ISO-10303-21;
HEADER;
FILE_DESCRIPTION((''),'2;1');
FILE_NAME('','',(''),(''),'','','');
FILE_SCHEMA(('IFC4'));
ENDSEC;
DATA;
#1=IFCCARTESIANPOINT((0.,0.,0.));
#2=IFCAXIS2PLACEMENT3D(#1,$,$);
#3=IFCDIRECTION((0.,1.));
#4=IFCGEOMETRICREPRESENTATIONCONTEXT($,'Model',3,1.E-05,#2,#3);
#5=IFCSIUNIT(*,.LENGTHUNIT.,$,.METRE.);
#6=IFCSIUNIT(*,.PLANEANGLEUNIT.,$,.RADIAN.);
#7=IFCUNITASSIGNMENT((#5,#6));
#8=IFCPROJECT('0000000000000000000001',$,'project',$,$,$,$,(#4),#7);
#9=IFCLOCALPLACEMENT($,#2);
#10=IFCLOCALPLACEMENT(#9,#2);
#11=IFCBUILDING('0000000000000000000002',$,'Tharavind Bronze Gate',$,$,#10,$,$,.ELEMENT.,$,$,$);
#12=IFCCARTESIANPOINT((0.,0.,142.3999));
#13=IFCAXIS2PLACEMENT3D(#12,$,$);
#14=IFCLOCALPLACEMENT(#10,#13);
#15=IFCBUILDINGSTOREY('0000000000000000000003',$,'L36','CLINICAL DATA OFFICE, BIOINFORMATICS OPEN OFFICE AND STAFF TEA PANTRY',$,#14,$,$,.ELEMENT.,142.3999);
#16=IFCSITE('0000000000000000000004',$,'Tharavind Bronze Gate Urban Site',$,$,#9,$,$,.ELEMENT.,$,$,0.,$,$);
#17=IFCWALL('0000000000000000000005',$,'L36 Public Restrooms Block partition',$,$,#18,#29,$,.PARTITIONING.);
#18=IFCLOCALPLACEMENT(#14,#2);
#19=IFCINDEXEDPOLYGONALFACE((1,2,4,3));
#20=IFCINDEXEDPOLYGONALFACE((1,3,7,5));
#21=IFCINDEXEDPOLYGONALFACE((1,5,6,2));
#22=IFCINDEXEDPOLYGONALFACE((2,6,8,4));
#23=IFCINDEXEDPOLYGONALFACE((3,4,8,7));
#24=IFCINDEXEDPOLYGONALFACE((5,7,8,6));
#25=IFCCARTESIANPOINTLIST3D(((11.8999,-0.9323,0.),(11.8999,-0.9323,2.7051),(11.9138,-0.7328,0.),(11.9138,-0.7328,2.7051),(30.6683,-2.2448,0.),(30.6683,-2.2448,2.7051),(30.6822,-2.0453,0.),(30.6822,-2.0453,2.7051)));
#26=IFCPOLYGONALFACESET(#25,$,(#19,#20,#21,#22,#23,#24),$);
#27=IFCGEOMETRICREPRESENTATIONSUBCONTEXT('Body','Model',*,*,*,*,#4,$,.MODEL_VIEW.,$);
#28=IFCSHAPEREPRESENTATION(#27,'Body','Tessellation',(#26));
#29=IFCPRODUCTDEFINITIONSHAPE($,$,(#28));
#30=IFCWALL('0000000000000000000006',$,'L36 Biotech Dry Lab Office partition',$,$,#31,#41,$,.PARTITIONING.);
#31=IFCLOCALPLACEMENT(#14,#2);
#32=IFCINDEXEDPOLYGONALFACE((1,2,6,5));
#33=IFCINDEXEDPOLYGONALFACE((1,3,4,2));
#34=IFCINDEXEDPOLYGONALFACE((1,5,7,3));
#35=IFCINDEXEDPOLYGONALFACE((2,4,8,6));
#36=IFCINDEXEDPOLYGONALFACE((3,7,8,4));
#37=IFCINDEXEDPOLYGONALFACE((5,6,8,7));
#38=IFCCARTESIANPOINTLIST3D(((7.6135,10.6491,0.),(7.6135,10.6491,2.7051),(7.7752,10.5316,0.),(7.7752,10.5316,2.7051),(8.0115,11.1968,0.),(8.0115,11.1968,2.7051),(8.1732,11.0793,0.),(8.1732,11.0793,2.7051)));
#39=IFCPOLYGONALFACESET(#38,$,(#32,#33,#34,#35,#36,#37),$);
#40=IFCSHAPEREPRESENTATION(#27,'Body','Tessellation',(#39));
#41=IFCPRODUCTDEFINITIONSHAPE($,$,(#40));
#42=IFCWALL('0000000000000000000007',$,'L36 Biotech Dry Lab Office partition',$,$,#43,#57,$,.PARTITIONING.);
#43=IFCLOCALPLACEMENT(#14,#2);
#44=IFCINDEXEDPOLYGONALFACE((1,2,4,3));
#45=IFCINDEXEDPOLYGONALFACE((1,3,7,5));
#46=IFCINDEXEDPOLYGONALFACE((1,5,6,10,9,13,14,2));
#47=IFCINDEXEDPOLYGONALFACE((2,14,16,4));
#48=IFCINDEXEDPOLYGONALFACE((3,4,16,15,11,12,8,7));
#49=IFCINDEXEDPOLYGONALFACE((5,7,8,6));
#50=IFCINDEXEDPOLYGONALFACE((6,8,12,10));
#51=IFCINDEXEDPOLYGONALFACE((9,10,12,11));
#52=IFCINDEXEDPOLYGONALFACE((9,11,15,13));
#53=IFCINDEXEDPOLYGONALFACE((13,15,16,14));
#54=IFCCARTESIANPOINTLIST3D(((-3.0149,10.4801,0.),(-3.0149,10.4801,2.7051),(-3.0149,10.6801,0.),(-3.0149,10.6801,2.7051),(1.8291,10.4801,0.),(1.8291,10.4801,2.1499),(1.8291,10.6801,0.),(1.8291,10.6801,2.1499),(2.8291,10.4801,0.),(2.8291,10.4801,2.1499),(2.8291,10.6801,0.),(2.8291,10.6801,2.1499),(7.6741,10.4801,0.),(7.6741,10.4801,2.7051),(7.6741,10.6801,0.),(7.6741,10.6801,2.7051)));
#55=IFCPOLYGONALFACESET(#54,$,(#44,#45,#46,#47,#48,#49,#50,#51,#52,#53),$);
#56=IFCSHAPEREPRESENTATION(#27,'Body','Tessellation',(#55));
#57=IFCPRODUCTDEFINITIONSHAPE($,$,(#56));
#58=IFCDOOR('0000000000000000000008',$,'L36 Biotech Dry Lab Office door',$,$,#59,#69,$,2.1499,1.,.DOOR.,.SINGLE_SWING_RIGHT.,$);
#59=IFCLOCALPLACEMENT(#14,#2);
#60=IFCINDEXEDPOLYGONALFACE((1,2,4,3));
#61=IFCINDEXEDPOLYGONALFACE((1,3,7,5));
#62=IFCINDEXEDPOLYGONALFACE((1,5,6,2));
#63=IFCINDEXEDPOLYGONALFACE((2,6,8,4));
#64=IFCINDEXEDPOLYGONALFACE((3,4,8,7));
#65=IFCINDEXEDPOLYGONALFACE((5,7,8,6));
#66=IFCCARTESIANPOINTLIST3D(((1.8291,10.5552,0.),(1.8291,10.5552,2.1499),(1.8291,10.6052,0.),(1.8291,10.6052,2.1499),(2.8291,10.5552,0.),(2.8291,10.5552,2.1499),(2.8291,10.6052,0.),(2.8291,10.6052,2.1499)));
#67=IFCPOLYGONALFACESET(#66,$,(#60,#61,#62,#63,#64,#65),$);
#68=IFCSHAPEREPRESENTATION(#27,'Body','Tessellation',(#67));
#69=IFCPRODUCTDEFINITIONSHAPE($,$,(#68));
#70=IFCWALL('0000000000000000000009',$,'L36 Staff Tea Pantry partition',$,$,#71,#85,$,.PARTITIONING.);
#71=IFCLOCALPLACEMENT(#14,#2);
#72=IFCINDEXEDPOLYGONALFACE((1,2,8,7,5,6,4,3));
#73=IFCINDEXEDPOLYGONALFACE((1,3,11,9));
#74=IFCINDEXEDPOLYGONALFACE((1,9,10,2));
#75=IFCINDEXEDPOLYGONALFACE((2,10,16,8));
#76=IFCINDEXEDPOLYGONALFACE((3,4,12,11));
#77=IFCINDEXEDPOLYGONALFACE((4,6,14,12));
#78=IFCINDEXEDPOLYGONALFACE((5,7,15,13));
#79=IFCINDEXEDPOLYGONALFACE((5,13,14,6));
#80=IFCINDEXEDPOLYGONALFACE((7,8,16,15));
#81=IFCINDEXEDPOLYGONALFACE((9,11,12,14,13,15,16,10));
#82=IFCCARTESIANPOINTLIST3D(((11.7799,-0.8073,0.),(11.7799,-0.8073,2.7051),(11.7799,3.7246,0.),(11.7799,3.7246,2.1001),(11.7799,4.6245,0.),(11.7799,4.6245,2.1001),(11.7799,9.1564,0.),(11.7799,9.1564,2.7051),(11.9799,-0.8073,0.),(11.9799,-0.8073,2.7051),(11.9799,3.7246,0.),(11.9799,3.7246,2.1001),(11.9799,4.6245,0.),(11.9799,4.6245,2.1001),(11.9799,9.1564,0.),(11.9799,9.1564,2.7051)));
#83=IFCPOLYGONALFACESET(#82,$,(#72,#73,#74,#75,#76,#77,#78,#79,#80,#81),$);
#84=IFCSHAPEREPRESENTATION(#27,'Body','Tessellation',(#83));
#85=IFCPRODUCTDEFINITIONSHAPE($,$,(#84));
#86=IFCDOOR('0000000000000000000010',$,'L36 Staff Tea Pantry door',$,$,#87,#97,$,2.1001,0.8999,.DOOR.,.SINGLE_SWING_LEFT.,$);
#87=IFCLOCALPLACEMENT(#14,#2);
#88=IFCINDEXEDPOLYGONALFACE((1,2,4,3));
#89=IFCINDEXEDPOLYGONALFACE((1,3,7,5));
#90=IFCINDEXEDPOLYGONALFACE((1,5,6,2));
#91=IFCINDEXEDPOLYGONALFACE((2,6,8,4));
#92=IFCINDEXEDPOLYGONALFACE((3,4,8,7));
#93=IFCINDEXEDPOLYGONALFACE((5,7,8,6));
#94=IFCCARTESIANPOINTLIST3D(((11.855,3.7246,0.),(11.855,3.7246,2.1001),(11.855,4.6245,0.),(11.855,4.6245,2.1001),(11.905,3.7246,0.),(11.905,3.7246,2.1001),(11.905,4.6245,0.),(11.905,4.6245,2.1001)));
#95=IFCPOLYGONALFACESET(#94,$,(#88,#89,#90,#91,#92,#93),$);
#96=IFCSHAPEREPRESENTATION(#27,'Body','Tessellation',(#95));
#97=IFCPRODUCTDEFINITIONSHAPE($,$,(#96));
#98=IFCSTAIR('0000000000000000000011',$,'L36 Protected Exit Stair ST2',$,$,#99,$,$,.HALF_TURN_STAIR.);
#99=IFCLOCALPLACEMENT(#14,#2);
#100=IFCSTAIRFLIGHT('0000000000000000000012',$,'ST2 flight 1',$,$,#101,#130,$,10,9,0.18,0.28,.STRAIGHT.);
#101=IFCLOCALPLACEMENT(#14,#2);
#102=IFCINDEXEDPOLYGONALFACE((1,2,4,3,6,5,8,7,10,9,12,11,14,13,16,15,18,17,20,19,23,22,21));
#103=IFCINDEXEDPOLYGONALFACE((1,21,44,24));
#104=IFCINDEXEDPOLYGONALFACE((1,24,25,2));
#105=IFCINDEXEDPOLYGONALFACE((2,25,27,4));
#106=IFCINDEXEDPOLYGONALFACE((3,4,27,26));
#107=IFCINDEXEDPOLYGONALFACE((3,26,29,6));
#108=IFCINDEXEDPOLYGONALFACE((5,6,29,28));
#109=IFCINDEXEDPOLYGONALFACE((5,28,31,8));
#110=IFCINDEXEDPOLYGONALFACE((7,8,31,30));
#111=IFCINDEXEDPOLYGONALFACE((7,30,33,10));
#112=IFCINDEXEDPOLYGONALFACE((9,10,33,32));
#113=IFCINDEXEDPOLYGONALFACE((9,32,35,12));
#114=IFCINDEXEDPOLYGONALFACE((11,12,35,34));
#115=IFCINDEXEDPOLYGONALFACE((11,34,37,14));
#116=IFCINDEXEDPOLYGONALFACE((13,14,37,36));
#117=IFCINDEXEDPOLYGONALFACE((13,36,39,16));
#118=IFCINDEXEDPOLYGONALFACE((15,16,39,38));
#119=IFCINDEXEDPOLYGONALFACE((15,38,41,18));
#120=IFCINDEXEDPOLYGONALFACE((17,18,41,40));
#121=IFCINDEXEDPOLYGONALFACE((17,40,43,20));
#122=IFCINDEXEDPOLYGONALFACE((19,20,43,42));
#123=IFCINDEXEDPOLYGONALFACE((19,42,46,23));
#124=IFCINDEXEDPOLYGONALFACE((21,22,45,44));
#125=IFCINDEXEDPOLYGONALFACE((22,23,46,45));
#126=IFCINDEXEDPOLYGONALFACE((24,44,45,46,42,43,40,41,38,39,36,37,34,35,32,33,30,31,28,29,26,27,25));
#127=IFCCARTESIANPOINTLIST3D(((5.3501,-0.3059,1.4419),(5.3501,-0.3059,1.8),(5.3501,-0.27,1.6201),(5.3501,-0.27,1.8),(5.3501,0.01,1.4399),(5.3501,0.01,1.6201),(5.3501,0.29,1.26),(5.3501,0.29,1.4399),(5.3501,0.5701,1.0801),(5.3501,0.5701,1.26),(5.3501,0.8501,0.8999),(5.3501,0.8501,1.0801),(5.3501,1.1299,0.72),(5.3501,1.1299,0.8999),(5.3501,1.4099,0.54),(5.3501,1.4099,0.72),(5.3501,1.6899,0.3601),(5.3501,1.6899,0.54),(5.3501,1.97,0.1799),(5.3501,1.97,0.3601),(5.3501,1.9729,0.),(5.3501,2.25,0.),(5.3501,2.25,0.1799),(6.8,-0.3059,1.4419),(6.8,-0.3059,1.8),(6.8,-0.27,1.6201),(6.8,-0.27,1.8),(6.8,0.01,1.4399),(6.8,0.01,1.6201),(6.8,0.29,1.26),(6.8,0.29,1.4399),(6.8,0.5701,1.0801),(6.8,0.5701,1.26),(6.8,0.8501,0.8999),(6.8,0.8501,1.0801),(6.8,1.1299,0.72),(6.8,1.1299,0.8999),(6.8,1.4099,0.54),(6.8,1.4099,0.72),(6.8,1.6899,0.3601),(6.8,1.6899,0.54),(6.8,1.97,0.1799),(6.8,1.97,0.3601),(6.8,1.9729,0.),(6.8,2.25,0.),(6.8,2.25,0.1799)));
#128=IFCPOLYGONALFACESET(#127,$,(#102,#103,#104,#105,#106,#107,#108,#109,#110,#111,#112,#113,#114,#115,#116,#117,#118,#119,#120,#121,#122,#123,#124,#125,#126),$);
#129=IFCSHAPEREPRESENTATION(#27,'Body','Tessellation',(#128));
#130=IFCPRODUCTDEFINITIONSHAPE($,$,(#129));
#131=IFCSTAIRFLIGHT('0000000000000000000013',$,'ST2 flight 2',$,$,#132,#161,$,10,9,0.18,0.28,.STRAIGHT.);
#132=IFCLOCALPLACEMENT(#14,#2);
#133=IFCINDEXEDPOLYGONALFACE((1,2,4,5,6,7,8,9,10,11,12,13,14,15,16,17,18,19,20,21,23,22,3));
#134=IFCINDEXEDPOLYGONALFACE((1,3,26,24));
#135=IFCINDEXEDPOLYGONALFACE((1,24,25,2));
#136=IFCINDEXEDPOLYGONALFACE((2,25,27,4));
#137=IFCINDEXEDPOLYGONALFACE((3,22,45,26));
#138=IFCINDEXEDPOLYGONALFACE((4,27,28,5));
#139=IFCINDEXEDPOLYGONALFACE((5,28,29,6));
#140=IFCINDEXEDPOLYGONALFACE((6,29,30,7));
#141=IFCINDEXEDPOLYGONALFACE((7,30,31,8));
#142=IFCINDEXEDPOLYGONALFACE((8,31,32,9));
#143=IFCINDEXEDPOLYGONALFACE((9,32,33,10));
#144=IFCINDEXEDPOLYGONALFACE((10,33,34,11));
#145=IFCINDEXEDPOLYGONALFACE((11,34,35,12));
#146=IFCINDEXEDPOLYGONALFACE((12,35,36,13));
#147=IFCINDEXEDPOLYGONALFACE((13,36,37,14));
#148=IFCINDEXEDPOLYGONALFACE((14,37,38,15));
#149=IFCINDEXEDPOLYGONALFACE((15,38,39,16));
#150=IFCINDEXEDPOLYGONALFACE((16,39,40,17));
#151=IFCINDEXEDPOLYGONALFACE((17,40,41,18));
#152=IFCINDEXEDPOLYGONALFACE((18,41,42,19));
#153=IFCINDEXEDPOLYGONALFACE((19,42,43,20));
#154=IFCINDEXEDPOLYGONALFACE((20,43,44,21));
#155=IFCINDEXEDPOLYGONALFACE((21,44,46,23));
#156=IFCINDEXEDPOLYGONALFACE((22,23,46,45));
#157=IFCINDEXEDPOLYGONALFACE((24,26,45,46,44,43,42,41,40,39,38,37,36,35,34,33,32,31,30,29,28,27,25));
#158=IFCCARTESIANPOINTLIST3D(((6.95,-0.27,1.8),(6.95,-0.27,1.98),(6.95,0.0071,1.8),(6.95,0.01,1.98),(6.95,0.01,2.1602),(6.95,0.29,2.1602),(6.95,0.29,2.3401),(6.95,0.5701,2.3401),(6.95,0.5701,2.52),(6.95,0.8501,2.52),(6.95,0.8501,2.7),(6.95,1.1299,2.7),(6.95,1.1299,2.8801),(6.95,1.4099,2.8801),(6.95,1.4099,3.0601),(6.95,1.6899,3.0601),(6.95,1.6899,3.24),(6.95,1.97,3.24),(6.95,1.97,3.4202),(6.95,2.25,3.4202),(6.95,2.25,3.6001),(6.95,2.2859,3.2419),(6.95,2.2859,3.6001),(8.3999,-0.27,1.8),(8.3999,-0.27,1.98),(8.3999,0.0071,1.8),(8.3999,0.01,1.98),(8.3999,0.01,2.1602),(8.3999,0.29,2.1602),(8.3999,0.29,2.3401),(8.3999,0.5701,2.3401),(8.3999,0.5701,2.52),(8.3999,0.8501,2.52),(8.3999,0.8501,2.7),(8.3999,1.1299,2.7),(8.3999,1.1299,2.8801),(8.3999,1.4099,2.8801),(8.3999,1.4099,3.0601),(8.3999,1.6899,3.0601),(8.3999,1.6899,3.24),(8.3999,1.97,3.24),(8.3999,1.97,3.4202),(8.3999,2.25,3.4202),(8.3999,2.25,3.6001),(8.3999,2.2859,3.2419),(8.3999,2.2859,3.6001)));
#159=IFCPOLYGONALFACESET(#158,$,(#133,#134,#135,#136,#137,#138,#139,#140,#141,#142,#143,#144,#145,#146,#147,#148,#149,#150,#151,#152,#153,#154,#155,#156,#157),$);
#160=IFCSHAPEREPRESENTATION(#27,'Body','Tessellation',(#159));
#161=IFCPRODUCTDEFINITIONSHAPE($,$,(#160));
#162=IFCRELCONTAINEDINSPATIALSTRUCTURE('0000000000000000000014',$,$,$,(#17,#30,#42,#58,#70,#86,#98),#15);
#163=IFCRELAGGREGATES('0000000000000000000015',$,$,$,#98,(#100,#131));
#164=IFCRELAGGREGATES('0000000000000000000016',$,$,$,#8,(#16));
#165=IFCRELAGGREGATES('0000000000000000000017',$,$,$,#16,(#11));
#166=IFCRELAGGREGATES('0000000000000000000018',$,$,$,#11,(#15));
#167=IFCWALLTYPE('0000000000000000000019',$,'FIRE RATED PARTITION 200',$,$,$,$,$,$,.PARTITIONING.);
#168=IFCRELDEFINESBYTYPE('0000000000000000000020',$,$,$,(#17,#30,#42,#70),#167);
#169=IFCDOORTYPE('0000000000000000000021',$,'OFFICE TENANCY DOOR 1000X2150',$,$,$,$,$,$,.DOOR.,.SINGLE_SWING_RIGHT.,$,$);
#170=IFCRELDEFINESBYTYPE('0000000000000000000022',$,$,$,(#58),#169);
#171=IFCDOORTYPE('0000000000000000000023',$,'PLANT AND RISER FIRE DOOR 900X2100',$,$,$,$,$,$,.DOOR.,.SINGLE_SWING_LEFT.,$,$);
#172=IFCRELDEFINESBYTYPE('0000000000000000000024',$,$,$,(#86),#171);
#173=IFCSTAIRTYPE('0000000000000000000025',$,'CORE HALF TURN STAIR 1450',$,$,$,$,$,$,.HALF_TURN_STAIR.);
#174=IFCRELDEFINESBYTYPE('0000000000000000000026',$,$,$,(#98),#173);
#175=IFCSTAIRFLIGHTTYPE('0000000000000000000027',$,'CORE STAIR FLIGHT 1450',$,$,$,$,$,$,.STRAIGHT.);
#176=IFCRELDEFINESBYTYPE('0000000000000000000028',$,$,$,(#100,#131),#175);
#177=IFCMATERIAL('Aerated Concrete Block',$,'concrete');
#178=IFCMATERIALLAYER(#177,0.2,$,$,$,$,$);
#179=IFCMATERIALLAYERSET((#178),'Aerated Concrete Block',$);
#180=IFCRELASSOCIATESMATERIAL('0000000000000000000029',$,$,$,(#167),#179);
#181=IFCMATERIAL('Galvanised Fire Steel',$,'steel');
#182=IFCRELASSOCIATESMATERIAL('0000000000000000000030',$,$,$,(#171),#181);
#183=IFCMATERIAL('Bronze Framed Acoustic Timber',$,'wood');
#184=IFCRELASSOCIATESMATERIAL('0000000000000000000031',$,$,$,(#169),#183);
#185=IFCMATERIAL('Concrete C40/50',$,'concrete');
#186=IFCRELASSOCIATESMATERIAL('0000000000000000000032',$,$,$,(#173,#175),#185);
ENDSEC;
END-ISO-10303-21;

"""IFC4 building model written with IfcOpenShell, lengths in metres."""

from ifc_helpers import new_model, si_unit, direction, frame, frame_2d, origin, place, context, subcontext, project, spatial, polyline, rectangle, outline, extrude, material, layer, layer_set, type_object, element, fill, aggregate, save


model = new_model("IFC4")

# Units and contexts
model_context = context("Model", 3, precision=1e-05, world=origin(), true_north=direction((0.0, 1.0)))
body_context = subcontext(model_context, "Body", "Model", "MODEL_VIEW")
ifc_project = project(units=[si_unit("LENGTHUNIT", "METRE"), si_unit("PLANEANGLEUNIT", "RADIAN")], contexts=[model_context])

# Site, building, storey
site_placement = place(None, origin())
site = spatial("IfcSite", under=ifc_project, at=site_placement, Name="Tharavind Bronze Gate Urban Site", CompositionType="ELEMENT", RefElevation=0.0)
building_placement = place(site_placement, origin())
building = spatial("IfcBuilding", under=site, at=building_placement, Name="Tharavind Bronze Gate", CompositionType="ELEMENT")
storey_placement = place(building_placement, frame((0.0, 0.0, 142.3999)))
storey = spatial("IfcBuildingStorey", under=building, at=storey_placement, Name="L36", Description="CLINICAL DATA OFFICE, BIOINFORMATICS OPEN OFFICE AND STAFF TEA PANTRY", CompositionType="ELEMENT", Elevation=142.3999)

# Shared definitions
ifc_material_1 = material(Name="Aerated Concrete Block", Category="concrete")
ifc_layer_1 = layer(ifc_material_1, 0.2)
ifc_layer_set_1 = layer_set([ifc_layer_1], Name="Aerated Concrete Block")
wall_type = type_object("IfcWallType", Name="FIRE RATED PARTITION 200", PredefinedType="PARTITIONING", material=ifc_layer_set_1)
ifc_material_2 = material(Name="Galvanised Fire Steel", Category="steel")
door_type_1 = type_object("IfcDoorType", Name="PLANT AND RISER FIRE DOOR 900X2100", OperationType="SINGLE_SWING_LEFT", PredefinedType="DOOR", material=ifc_material_2)

# Walls
wall_1_placement = place(storey_placement, frame((11.9067, -0.8325, 0.0), z_axis=(0.0, 0.0, 1.0), x_axis=(0.997564, -0.069761, 0.0)))
element("IfcWall", 1, at=wall_1_placement, inside=storey, type_object=wall_type, Name="L36 Public Restrooms Block partition", PredefinedType="PARTITIONING", context=body_context, shape_type="SweptSolid", body=[
    extrude(rectangle(XDim=18.8142, YDim=0.2, at=frame_2d((9.4072, 0.0))), origin(), (0.0, 0.0, 1.0), 2.7051),
])
wall_2_placement = place(storey_placement, frame((8.0923, 11.1379, 0.0), z_axis=(0.0, 0.0, 1.0), x_axis=(-0.587871, -0.808954, 0.0)))
element("IfcWall", 2, at=wall_2_placement, inside=storey, type_object=wall_type, Name="L36 Biotech Dry Lab Office partition", PredefinedType="PARTITIONING", context=body_context, shape_type="SweptSolid", body=[
    extrude(rectangle(XDim=0.677, YDim=0.2, at=frame_2d((0.3384, 0.0))), origin(), (0.0, 0.0, 1.0), 2.7051),
])

# Walls, openings, doors
wall_3_placement = place(storey_placement, frame((7.6741, 10.5801, 0.0), z_axis=(0.0, 0.0, 1.0), x_axis=(-1.0, 0.0, 0.0)))
wall_3 = element("IfcWall", 3, at=wall_3_placement, inside=storey, type_object=wall_type, Name="L36 Biotech Dry Lab Office partition", PredefinedType="PARTITIONING", context=body_context, shape_type="SweptSolid", body=[
    extrude(rectangle(XDim=10.689, YDim=0.2, at=frame_2d((5.3445, 0.0))), origin(), (0.0, 0.0, 1.0), 2.7051),
])
opening_1_placement = place(wall_3_placement, frame((4.845, 0.0, 0.0)))
opening_1 = element("IfcOpeningElement", 4, at=opening_1_placement, cuts=wall_3, PredefinedType="OPENING", context=body_context, shape_type="SweptSolid", body=[
    extrude(rectangle(XDim=1.0, YDim=2.1499, at=frame_2d((0.5, 1.075))), frame((0.0, 0.1101, 0.0), z_axis=(0.0, -1.0, 0.0), x_axis=(1.0, 0.0, 0.0)), (0.0, 0.0, 1.0), 0.22),
])
ifc_material_3 = material(Name="Bronze Framed Acoustic Timber", Category="wood")
door_type_2 = type_object("IfcDoorType", Name="OFFICE TENANCY DOOR 1000X2150", OperationType="SINGLE_SWING_RIGHT", PredefinedType="DOOR", material=ifc_material_3)
door_1_placement = place(opening_1_placement, origin())
door_1 = element("IfcDoor", 5, at=door_1_placement, inside=storey, type_object=door_type_2, Name="L36 Biotech Dry Lab Office door", OperationType="SINGLE_SWING_RIGHT", OverallHeight=2.1499, OverallWidth=1.0, PredefinedType="DOOR", context=body_context, shape_type="SweptSolid", body=[
    extrude(rectangle(XDim=1.0, YDim=2.1499, at=frame_2d((0.5, 1.075))), frame((0.0, 0.0249, 0.0), z_axis=(0.0, -1.0, 0.0), x_axis=(1.0, 0.0, 0.0)), (0.0, 0.0, 1.0), 0.05),
])
fill(opening_1, door_1)
wall_4_placement = place(storey_placement, frame((11.8799, -0.8074, 0.0), z_axis=(0.0, 0.0, 1.0), x_axis=(0.0, 1.0, 0.0)))
wall_4 = element("IfcWall", 6, at=wall_4_placement, inside=storey, type_object=wall_type, Name="L36 Staff Tea Pantry partition", PredefinedType="PARTITIONING", context=body_context, shape_type="SweptSolid", body=[
    extrude(rectangle(XDim=9.9636, YDim=0.2, at=frame_2d((4.9819, 0.0))), origin(), (0.0, 0.0, 1.0), 2.7051),
])
opening_2_placement = place(wall_4_placement, frame((4.532, 0.0, 0.0)))
opening_2 = element("IfcOpeningElement", 7, at=opening_2_placement, cuts=wall_4, PredefinedType="OPENING", context=body_context, shape_type="SweptSolid", body=[
    extrude(rectangle(XDim=0.8999, YDim=2.1001, at=frame_2d((0.45, 1.05))), frame((0.0, 0.1101, 0.0), z_axis=(0.0, -1.0, 0.0), x_axis=(1.0, 0.0, 0.0)), (0.0, 0.0, 1.0), 0.22),
])
door_2_placement = place(opening_2_placement, origin())
door_2 = element("IfcDoor", 8, at=door_2_placement, inside=storey, type_object=door_type_1, Name="L36 Staff Tea Pantry door", OperationType="SINGLE_SWING_LEFT", OverallHeight=2.1001, OverallWidth=0.8999, PredefinedType="DOOR", context=body_context, shape_type="SweptSolid", body=[
    extrude(rectangle(XDim=0.8999, YDim=2.1001, at=frame_2d((0.45, 1.05))), frame((0.0, 0.0249, 0.0), z_axis=(0.0, -1.0, 0.0), x_axis=(1.0, 0.0, 0.0)), (0.0, 0.0, 1.0), 0.05),
])
fill(opening_2, door_2)

# Stair, stair flights
ifc_material_4 = material(Name="Concrete C40/50", Category="concrete")
stair_type = type_object("IfcStairType", Name="CORE HALF TURN STAIR 1450", PredefinedType="HALF_TURN_STAIR", material=ifc_material_4)
stair_placement = place(storey_placement, origin())
stair = element("IfcStair", 9, at=stair_placement, inside=storey, type_object=stair_type, Name="L36 Protected Exit Stair ST2", PredefinedType="HALF_TURN_STAIR")
stair_flight_type = type_object("IfcStairFlightType", Name="CORE STAIR FLIGHT 1450", PredefinedType="STRAIGHT", material=ifc_material_4)
stair_flight_1_placement = place(storey_placement, frame((6.075, 2.25, 0.0), z_axis=(0.0, 0.0, 1.0), x_axis=(0.0, -1.0, 0.0)))
stair_flight_1 = element("IfcStairFlight", 10, at=stair_flight_1_placement, type_object=stair_flight_type, Name="ST2 flight 1", NumberOfRisers=10, NumberOfTreads=9, PredefinedType="STRAIGHT", RiserHeight=0.18, TreadLength=0.28, context=body_context, shape_type="SweptSolid", body=[
    extrude(outline(polyline([(0.0, 0.0), (0.0, 0.1799), (0.28, 0.1799), (0.28, 0.3601), (0.5601, 0.3601), (0.5601, 0.54), (0.8401, 0.54), (0.8401, 0.72), (1.1201, 0.72), (1.1201, 0.8999), (1.3999, 0.8999), (1.3999, 1.0801), (1.6799, 1.0801), (1.6799, 1.26), (1.96, 1.26), (1.96, 1.4399), (2.24, 1.4399), (2.24, 1.6201), (2.52, 1.6201), (2.52, 1.8), (2.5559, 1.8), (2.5559, 1.4419), (0.2771, 0.0), (0.0, 0.0)])), frame((0.0, 0.7251, 0.0), z_axis=(0.0, -1.0, 0.0), x_axis=(1.0, 0.0, 0.0)), (0.0, 0.0, 1.0), 1.45),
])
stair_flight_2_placement = place(storey_placement, frame((7.675, -0.27, 1.8), z_axis=(0.0, 0.0, 1.0), x_axis=(0.0, 1.0, 0.0)))
stair_flight_2 = element("IfcStairFlight", 11, at=stair_flight_2_placement, type_object=stair_flight_type, Name="ST2 flight 2", NumberOfRisers=10, NumberOfTreads=9, PredefinedType="STRAIGHT", RiserHeight=0.18, TreadLength=0.28, context=body_context, shape_type="SweptSolid", body=[
    extrude(outline(polyline([(0.0, 0.0), (0.0, 0.1799), (0.28, 0.1799), (0.28, 0.3601), (0.5601, 0.3601), (0.5601, 0.54), (0.8401, 0.54), (0.8401, 0.72), (1.1201, 0.72), (1.1201, 0.8999), (1.3999, 0.8999), (1.3999, 1.0801), (1.6799, 1.0801), (1.6799, 1.26), (1.96, 1.26), (1.96, 1.4399), (2.24, 1.4399), (2.24, 1.6201), (2.52, 1.6201), (2.52, 1.8), (2.5559, 1.8), (2.5559, 1.4419), (0.2771, 0.0), (0.0, 0.0)])), frame((0.0, 0.7251, 0.0), z_axis=(0.0, -1.0, 0.0), x_axis=(1.0, 0.0, 0.0)), (0.0, 0.0, 1.0), 1.45),
])
aggregate(stair, [stair_flight_1, stair_flight_2])

save(model, "model.ifc")
